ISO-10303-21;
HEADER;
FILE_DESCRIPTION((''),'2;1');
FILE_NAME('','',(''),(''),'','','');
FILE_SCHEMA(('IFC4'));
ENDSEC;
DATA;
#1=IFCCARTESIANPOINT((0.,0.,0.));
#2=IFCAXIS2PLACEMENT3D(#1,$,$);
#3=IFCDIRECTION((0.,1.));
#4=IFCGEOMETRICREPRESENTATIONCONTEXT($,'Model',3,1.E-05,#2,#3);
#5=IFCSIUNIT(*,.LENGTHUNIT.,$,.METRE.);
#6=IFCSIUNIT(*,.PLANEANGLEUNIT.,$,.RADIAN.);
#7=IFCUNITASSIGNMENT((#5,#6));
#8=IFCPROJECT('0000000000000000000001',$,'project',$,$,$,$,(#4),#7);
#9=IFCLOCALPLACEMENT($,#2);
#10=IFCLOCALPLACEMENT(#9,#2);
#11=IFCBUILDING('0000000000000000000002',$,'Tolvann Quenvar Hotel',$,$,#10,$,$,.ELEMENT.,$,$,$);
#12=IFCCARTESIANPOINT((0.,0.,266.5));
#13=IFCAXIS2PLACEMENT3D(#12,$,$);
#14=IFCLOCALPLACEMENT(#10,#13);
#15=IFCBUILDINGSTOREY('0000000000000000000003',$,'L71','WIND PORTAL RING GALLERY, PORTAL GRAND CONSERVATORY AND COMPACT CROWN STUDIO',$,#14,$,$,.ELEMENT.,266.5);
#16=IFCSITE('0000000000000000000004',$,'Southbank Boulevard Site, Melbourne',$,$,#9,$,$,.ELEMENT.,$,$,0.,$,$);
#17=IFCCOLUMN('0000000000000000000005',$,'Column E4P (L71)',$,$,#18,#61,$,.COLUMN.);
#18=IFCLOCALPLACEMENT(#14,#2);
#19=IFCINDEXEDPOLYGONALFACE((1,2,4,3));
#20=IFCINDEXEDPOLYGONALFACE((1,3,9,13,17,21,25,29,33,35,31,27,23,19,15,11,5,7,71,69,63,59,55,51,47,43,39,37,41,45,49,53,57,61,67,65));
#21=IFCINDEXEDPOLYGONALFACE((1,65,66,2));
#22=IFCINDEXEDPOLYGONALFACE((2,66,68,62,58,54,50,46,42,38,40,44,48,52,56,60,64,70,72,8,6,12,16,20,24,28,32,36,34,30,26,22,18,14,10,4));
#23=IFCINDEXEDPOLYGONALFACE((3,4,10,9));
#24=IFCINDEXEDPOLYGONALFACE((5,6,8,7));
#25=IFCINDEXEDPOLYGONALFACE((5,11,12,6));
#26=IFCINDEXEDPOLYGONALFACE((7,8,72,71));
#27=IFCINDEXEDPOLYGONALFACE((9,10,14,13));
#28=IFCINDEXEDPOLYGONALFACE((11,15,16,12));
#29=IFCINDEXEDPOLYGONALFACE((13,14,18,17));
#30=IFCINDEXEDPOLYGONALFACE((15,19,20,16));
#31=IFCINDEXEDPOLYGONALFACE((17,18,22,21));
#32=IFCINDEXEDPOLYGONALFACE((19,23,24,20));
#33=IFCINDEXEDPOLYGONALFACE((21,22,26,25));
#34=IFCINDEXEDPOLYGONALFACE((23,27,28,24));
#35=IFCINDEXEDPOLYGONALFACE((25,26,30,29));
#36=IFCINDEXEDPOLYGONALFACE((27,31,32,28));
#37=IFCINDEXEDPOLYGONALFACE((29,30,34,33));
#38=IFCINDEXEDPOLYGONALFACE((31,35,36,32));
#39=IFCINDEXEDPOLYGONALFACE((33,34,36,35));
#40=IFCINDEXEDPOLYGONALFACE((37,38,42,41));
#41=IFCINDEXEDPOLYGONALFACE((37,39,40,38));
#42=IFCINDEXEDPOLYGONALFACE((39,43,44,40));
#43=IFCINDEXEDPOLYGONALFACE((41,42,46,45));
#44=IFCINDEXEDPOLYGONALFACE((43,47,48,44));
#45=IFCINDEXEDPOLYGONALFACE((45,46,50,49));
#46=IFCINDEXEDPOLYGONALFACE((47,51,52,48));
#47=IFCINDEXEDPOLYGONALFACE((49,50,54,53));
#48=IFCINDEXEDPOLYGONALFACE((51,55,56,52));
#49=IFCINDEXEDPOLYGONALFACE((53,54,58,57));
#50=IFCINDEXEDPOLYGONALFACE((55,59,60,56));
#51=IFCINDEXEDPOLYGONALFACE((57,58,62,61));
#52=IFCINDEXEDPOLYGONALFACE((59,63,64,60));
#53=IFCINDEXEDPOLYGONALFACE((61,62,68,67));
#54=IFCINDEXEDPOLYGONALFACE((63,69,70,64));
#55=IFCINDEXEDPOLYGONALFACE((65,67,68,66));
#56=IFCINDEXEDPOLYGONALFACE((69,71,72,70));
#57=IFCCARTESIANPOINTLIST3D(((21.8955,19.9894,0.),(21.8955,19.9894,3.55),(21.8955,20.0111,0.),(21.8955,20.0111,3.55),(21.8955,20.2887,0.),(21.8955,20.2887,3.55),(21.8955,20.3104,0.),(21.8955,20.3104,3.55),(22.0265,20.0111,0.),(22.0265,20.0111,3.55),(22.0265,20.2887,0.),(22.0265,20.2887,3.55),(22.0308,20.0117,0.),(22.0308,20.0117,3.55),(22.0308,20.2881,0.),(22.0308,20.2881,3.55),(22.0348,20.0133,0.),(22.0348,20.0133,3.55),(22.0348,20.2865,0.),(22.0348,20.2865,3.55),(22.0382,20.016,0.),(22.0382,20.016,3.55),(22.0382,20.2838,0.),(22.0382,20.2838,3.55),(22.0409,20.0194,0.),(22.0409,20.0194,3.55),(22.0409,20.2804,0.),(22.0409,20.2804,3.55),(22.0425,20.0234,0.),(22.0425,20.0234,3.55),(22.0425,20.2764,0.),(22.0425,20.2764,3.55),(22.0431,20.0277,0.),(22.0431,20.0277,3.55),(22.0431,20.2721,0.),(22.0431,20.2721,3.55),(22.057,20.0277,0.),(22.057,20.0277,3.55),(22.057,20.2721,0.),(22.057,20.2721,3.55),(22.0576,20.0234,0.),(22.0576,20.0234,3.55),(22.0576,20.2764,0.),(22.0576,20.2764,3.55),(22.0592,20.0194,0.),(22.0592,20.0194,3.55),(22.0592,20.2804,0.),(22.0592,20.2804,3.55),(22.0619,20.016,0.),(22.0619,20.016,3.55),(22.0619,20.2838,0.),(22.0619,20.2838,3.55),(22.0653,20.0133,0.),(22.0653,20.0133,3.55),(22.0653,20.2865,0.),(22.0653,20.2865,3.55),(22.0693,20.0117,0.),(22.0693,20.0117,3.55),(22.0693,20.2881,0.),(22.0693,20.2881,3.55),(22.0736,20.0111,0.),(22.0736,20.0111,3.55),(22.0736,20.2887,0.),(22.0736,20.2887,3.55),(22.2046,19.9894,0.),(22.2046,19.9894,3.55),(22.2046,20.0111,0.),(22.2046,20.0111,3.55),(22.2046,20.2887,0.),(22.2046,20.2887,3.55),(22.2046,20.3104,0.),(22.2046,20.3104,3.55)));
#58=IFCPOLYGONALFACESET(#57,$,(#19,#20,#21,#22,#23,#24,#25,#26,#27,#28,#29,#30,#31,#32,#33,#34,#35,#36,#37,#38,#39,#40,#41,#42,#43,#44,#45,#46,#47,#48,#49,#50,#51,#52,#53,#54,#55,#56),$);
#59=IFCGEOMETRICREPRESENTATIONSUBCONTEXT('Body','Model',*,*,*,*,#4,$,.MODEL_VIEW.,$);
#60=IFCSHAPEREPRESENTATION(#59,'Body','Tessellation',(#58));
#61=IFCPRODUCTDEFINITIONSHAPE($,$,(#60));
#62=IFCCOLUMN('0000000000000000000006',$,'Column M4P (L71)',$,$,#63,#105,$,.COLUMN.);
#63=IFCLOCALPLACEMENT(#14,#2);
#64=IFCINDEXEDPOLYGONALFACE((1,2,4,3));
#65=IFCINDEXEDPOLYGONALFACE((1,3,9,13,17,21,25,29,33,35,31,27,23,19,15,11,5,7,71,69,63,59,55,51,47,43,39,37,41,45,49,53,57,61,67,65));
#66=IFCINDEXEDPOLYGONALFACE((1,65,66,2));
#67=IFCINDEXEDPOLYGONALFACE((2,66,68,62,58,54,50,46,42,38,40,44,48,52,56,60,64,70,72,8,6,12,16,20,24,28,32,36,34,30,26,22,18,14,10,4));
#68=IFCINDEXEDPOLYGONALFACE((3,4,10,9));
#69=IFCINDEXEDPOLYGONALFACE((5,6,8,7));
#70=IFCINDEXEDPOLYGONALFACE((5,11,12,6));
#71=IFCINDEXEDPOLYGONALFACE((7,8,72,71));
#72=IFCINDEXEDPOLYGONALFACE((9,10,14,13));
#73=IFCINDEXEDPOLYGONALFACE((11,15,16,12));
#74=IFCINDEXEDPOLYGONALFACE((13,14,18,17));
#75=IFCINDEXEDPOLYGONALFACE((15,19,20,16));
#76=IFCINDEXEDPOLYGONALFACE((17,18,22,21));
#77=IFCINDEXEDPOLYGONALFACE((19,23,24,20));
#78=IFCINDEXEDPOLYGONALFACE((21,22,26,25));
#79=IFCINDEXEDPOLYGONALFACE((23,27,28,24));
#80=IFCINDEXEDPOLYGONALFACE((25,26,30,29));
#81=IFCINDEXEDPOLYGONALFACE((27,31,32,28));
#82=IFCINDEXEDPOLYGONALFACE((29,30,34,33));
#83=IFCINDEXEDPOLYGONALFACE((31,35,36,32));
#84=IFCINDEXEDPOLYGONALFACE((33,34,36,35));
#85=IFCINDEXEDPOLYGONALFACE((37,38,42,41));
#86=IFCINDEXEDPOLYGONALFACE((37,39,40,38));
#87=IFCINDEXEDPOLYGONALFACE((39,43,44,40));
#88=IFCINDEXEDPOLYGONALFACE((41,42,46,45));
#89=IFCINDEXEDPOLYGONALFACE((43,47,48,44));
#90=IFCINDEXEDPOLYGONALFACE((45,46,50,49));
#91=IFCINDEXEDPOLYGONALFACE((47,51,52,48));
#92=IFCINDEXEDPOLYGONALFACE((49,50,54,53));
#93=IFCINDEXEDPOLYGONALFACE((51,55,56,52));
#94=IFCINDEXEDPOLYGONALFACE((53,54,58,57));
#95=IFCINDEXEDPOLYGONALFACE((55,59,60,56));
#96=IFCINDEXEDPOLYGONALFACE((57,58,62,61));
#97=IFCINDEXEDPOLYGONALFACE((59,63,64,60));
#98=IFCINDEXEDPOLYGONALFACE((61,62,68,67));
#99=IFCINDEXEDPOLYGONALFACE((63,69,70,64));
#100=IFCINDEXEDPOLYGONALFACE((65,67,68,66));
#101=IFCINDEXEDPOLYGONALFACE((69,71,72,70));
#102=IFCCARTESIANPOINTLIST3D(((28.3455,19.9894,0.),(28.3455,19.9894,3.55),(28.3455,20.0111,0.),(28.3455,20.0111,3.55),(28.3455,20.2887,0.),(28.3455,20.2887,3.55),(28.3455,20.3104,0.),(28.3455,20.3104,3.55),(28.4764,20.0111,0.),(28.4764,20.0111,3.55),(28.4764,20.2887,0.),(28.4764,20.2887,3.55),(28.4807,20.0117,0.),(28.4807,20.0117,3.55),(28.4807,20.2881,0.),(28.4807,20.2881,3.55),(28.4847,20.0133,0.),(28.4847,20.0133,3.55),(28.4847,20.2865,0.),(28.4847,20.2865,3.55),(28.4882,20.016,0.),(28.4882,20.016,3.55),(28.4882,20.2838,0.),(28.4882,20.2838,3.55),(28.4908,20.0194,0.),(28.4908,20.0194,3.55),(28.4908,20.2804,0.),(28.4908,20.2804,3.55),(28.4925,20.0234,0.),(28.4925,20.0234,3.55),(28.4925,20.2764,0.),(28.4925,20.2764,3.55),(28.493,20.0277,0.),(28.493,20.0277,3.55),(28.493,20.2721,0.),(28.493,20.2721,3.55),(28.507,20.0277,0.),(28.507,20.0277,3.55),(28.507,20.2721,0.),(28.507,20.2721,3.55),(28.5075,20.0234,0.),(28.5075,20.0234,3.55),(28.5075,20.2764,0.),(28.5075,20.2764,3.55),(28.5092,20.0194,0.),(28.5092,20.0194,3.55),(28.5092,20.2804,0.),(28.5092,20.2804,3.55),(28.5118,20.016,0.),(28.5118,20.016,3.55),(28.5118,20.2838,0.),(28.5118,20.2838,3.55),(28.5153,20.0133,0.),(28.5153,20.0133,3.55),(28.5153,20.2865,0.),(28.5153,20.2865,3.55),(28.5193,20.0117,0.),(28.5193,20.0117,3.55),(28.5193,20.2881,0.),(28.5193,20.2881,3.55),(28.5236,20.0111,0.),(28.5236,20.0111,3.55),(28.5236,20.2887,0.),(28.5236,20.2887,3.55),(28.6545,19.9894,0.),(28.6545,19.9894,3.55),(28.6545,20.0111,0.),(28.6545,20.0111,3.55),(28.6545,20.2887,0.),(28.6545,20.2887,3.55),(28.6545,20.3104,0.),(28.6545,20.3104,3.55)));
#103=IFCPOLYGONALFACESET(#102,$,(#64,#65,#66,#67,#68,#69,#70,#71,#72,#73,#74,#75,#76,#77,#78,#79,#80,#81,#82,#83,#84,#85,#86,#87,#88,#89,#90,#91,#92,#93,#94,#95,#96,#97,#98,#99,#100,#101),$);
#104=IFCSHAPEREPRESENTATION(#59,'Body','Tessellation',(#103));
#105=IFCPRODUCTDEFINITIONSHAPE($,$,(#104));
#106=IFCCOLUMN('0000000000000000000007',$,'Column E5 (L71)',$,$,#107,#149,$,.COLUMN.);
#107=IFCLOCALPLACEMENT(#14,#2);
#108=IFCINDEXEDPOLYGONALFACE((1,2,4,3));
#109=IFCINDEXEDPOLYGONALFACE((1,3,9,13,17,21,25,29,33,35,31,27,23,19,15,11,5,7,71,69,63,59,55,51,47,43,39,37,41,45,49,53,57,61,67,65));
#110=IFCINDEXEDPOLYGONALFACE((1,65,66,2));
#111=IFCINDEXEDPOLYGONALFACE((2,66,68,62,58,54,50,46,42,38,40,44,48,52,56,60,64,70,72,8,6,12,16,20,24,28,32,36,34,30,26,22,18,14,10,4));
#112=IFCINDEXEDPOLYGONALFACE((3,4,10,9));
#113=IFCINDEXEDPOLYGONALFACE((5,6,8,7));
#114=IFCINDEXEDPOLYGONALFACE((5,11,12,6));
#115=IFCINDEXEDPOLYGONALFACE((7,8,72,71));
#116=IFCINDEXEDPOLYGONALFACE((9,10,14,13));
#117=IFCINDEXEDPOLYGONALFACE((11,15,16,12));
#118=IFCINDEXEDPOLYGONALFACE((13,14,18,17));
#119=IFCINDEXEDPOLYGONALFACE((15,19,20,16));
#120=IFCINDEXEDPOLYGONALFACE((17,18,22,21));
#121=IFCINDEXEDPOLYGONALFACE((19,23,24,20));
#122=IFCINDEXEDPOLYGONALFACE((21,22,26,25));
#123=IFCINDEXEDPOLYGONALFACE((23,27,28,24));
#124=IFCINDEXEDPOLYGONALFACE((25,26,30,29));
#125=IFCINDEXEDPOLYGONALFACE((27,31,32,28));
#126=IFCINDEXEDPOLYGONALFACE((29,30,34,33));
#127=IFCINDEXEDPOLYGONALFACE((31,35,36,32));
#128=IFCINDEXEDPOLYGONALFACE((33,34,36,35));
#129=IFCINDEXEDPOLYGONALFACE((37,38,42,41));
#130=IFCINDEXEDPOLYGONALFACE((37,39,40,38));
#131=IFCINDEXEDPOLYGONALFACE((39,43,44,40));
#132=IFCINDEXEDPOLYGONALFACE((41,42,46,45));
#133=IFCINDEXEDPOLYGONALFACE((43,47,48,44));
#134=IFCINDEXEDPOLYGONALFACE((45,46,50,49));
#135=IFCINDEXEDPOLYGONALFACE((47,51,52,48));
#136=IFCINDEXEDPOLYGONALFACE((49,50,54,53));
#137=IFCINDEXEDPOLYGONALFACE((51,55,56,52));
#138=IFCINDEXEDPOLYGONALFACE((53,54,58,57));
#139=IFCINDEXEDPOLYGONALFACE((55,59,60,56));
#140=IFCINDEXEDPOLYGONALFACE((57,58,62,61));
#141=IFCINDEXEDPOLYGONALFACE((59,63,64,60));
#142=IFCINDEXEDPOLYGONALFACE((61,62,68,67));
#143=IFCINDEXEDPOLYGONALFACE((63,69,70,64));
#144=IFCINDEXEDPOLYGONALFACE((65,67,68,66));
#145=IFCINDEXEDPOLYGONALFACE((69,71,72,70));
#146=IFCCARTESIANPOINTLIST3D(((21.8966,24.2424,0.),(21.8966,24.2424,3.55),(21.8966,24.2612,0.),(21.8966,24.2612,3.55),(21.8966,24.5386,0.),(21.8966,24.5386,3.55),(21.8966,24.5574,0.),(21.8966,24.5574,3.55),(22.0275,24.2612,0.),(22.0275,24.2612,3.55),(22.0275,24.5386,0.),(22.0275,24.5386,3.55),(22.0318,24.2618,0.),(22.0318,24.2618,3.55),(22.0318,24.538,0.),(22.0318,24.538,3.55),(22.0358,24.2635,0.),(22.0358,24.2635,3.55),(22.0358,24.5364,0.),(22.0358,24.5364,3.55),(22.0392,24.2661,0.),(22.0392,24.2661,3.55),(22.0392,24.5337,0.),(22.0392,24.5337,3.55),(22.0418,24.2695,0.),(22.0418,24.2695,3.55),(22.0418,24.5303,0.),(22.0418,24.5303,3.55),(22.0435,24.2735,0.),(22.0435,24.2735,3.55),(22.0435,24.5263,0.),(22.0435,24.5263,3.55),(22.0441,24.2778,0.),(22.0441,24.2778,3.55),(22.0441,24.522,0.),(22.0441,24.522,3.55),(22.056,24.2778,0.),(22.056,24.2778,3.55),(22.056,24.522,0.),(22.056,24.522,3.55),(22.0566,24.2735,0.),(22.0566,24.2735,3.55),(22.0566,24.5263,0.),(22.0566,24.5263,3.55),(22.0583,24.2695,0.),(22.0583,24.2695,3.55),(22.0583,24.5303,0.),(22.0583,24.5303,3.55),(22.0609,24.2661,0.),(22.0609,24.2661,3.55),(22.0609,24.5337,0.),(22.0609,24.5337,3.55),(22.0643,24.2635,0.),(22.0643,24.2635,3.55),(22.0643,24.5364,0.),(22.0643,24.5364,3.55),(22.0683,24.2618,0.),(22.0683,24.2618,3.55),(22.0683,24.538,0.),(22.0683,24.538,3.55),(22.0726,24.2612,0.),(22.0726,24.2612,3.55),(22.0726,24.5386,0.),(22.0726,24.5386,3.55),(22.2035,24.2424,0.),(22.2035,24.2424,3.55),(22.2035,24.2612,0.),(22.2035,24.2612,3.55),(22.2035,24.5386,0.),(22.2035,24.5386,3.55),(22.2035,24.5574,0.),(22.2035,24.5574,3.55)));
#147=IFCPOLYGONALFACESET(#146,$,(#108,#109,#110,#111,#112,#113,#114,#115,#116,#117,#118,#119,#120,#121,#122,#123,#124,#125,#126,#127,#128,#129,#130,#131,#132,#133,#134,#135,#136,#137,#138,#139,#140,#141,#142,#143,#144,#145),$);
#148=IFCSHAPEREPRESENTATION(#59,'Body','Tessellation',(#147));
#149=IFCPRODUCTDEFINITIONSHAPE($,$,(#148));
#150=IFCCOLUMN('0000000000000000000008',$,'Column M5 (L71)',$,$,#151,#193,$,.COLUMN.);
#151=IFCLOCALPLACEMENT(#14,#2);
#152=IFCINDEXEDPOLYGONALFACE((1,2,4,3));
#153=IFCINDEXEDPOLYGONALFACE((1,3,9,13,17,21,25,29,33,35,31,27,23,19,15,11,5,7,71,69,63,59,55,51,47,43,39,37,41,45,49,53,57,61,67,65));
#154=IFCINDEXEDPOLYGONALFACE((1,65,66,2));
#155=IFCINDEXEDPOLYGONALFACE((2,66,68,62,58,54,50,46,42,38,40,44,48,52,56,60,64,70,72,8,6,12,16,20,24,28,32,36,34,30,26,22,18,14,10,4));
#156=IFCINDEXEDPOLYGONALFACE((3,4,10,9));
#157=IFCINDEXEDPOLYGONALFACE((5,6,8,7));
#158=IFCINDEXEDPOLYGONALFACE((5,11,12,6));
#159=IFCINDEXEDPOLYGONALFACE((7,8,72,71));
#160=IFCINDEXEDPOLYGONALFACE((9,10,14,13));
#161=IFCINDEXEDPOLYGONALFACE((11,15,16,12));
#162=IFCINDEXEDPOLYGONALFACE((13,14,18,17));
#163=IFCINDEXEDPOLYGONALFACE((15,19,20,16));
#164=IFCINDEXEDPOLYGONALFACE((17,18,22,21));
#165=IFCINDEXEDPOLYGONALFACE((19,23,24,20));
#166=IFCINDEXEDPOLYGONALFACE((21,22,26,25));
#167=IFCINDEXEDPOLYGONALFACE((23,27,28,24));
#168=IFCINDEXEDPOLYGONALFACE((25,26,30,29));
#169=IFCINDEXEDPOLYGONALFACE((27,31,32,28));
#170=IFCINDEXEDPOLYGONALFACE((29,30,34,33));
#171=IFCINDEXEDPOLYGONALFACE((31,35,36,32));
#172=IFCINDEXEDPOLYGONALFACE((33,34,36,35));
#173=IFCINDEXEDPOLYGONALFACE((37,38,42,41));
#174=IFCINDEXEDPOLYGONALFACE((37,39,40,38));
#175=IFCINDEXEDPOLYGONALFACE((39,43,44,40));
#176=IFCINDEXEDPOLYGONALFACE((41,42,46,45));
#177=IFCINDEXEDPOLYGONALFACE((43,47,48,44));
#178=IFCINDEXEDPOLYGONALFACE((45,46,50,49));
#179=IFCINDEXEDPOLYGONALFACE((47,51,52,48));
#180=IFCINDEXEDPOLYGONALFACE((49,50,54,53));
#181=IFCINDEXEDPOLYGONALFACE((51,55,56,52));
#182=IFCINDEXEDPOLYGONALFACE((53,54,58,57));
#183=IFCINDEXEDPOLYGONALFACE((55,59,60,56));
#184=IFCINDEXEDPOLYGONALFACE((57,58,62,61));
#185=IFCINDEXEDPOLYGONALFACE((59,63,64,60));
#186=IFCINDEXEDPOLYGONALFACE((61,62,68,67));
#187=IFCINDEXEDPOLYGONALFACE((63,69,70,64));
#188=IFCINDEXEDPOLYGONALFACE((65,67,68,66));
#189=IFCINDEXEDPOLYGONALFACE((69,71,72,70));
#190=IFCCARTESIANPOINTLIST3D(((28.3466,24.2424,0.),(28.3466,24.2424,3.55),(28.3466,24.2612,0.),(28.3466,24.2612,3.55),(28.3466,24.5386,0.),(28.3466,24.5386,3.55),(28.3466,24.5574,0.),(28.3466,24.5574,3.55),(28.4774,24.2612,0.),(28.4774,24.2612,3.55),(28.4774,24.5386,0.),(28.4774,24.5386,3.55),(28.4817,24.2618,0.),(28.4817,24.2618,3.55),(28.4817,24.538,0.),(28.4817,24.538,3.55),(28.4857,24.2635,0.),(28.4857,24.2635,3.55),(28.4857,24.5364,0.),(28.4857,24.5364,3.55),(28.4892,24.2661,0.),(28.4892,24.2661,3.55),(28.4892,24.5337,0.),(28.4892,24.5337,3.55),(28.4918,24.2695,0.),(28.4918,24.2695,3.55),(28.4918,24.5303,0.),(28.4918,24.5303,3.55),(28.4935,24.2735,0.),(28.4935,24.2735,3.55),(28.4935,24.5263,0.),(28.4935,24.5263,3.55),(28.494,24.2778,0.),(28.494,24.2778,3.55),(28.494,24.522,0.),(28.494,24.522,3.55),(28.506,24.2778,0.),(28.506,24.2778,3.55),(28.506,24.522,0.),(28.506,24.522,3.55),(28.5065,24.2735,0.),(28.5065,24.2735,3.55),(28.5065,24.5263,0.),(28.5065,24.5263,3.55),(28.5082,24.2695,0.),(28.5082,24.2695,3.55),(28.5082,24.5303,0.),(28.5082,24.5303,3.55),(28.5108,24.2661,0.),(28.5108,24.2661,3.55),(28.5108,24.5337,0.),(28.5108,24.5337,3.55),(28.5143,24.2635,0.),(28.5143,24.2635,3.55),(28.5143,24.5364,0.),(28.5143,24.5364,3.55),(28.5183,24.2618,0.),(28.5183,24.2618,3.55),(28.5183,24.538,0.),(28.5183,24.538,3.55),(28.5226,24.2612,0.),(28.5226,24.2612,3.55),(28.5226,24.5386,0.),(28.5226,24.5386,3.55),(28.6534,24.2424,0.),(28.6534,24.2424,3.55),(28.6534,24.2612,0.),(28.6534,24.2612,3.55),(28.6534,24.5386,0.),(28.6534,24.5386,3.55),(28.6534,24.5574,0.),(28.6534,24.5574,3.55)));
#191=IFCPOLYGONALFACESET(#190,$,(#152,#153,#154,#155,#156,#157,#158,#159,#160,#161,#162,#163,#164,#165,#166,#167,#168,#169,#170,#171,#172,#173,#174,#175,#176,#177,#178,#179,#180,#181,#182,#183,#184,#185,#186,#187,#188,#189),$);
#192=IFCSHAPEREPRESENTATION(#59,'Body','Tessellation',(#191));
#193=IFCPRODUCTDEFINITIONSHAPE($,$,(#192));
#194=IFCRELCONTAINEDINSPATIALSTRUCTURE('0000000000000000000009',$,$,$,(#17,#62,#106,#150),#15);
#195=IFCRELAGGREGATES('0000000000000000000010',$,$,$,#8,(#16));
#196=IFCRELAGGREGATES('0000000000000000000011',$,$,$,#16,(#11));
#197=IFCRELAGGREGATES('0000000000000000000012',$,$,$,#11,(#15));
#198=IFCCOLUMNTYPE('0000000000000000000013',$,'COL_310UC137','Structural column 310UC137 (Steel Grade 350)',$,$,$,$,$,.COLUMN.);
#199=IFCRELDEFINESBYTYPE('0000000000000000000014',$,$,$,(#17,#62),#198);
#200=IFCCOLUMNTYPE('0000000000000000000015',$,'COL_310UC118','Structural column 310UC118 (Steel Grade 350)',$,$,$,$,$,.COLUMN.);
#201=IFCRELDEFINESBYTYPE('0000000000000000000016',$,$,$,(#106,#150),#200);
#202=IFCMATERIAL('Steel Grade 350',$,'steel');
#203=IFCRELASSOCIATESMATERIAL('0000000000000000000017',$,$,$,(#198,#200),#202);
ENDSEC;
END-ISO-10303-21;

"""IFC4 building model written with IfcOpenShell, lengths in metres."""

from ifc_helpers import new_model, si_unit, direction, frame, origin, origin_2d, place, context, subcontext, project, spatial, i_section, extrude, source, transform, mapped, material, material_profile, profile_set, type_object, type_shapes, element, save


model = new_model("IFC4")

# Units and contexts
model_context = context("Model", 3, precision=1e-05, world=origin(), true_north=direction((0.0, 1.0)))
body_context = subcontext(model_context, "Body", "Model", "MODEL_VIEW")
ifc_project = project(units=[si_unit("LENGTHUNIT", "METRE"), si_unit("PLANEANGLEUNIT", "RADIAN")], contexts=[model_context])

# Site, building, storey
site_placement = place(None, origin())
site = spatial("IfcSite", under=ifc_project, at=site_placement, Name="Southbank Boulevard Site, Melbourne", CompositionType="ELEMENT", RefElevation=0.0)
building_placement = place(site_placement, origin())
building = spatial("IfcBuilding", under=site, at=building_placement, Name="Tolvann Quenvar Hotel", CompositionType="ELEMENT")
storey_placement = place(building_placement, frame((0.0, 0.0, 266.5)))
storey = spatial("IfcBuildingStorey", under=building, at=storey_placement, Name="L71", Description="WIND PORTAL RING GALLERY, PORTAL GRAND CONSERVATORY AND COMPACT CROWN STUDIO", CompositionType="ELEMENT", Elevation=266.5)

# Columns
ifc_material_1 = material(Name="Steel Grade 350", Category="steel")
ifc_material_profile_1 = material_profile(ifc_material_1, i_section(OverallWidth=0.3091, OverallDepth=0.321, WebThickness=0.0139, FlangeThickness=0.0217, FilletRadius=0.0166, at=origin_2d()), Name="310UC137")
ifc_profile_set_1 = profile_set([ifc_material_profile_1], Name="Steel Grade 350")
column_type_1 = type_object("IfcColumnType", Name="COL_310UC137", Description="Structural column 310UC137 (Steel Grade 350)", PredefinedType="COLUMN", material=ifc_profile_set_1)
shared_shape_1 = source(origin(), body_context, "Body", "SweptSolid", [
    extrude(i_section(OverallWidth=0.3091, OverallDepth=0.321, WebThickness=0.0139, FlangeThickness=0.0217, FilletRadius=0.0166, at=origin_2d()), origin(), (0.0, 0.0, 1.0), 3.55),
])
type_shapes(column_type_1, [shared_shape_1])
for number, where, z_axis, x_axis, name in (
    (1, (22.05, 20.1499, 0.0), (0.0, 0.0, 1.0), (1.0, 0.0, 0.0), "Column E4P (L71)"),
    (2, (28.5, 20.1499, 0.0), (0.0, 0.0, 1.0), (1.0, 0.0, 0.0), "Column M4P (L71)"),
):
    element("IfcColumn", number, at=place(storey_placement, frame(where, z_axis=z_axis, x_axis=x_axis)), inside=storey, type_object=column_type_1, Name=name, PredefinedType="COLUMN", context=body_context, shape_type="MappedRepresentation", body=[
        mapped(shared_shape_1, transform((0.0, 0.0, 0.0), x_axis=(1.0, 0.0, 0.0), y_axis=(0.0, 1.0, 0.0), z_axis=(0.0, 0.0, 1.0), scale=1.0)),
    ])
ifc_material_profile_2 = material_profile(ifc_material_1, i_section(OverallWidth=0.3069, OverallDepth=0.3149, WebThickness=0.012, FlangeThickness=0.0188, FilletRadius=0.0166, at=origin_2d()), Name="310UC118")
ifc_profile_set_2 = profile_set([ifc_material_profile_2], Name="Steel Grade 350")
column_type_2 = type_object("IfcColumnType", Name="COL_310UC118", Description="Structural column 310UC118 (Steel Grade 350)", PredefinedType="COLUMN", material=ifc_profile_set_2)
shared_shape_2 = source(origin(), body_context, "Body", "SweptSolid", [
    extrude(i_section(OverallWidth=0.3069, OverallDepth=0.3149, WebThickness=0.012, FlangeThickness=0.0188, FilletRadius=0.0166, at=origin_2d()), origin(), (0.0, 0.0, 1.0), 3.55),
])
type_shapes(column_type_2, [shared_shape_2])
for number, where, z_axis, x_axis, name in (
    (3, (22.05, 24.3999, 0.0), (0.0, 0.0, 1.0), (1.0, 0.0, 0.0), "Column E5 (L71)"),
    (4, (28.5, 24.3999, 0.0), (0.0, 0.0, 1.0), (1.0, 0.0, 0.0), "Column M5 (L71)"),
):
    element("IfcColumn", number, at=place(storey_placement, frame(where, z_axis=z_axis, x_axis=x_axis)), inside=storey, type_object=column_type_2, Name=name, PredefinedType="COLUMN", context=body_context, shape_type="MappedRepresentation", body=[
        mapped(shared_shape_2, transform((0.0, 0.0, 0.0), x_axis=(1.0, 0.0, 0.0), y_axis=(0.0, 1.0, 0.0), z_axis=(0.0, 0.0, 1.0), scale=1.0)),
    ])

save(model, "model.ifc")
